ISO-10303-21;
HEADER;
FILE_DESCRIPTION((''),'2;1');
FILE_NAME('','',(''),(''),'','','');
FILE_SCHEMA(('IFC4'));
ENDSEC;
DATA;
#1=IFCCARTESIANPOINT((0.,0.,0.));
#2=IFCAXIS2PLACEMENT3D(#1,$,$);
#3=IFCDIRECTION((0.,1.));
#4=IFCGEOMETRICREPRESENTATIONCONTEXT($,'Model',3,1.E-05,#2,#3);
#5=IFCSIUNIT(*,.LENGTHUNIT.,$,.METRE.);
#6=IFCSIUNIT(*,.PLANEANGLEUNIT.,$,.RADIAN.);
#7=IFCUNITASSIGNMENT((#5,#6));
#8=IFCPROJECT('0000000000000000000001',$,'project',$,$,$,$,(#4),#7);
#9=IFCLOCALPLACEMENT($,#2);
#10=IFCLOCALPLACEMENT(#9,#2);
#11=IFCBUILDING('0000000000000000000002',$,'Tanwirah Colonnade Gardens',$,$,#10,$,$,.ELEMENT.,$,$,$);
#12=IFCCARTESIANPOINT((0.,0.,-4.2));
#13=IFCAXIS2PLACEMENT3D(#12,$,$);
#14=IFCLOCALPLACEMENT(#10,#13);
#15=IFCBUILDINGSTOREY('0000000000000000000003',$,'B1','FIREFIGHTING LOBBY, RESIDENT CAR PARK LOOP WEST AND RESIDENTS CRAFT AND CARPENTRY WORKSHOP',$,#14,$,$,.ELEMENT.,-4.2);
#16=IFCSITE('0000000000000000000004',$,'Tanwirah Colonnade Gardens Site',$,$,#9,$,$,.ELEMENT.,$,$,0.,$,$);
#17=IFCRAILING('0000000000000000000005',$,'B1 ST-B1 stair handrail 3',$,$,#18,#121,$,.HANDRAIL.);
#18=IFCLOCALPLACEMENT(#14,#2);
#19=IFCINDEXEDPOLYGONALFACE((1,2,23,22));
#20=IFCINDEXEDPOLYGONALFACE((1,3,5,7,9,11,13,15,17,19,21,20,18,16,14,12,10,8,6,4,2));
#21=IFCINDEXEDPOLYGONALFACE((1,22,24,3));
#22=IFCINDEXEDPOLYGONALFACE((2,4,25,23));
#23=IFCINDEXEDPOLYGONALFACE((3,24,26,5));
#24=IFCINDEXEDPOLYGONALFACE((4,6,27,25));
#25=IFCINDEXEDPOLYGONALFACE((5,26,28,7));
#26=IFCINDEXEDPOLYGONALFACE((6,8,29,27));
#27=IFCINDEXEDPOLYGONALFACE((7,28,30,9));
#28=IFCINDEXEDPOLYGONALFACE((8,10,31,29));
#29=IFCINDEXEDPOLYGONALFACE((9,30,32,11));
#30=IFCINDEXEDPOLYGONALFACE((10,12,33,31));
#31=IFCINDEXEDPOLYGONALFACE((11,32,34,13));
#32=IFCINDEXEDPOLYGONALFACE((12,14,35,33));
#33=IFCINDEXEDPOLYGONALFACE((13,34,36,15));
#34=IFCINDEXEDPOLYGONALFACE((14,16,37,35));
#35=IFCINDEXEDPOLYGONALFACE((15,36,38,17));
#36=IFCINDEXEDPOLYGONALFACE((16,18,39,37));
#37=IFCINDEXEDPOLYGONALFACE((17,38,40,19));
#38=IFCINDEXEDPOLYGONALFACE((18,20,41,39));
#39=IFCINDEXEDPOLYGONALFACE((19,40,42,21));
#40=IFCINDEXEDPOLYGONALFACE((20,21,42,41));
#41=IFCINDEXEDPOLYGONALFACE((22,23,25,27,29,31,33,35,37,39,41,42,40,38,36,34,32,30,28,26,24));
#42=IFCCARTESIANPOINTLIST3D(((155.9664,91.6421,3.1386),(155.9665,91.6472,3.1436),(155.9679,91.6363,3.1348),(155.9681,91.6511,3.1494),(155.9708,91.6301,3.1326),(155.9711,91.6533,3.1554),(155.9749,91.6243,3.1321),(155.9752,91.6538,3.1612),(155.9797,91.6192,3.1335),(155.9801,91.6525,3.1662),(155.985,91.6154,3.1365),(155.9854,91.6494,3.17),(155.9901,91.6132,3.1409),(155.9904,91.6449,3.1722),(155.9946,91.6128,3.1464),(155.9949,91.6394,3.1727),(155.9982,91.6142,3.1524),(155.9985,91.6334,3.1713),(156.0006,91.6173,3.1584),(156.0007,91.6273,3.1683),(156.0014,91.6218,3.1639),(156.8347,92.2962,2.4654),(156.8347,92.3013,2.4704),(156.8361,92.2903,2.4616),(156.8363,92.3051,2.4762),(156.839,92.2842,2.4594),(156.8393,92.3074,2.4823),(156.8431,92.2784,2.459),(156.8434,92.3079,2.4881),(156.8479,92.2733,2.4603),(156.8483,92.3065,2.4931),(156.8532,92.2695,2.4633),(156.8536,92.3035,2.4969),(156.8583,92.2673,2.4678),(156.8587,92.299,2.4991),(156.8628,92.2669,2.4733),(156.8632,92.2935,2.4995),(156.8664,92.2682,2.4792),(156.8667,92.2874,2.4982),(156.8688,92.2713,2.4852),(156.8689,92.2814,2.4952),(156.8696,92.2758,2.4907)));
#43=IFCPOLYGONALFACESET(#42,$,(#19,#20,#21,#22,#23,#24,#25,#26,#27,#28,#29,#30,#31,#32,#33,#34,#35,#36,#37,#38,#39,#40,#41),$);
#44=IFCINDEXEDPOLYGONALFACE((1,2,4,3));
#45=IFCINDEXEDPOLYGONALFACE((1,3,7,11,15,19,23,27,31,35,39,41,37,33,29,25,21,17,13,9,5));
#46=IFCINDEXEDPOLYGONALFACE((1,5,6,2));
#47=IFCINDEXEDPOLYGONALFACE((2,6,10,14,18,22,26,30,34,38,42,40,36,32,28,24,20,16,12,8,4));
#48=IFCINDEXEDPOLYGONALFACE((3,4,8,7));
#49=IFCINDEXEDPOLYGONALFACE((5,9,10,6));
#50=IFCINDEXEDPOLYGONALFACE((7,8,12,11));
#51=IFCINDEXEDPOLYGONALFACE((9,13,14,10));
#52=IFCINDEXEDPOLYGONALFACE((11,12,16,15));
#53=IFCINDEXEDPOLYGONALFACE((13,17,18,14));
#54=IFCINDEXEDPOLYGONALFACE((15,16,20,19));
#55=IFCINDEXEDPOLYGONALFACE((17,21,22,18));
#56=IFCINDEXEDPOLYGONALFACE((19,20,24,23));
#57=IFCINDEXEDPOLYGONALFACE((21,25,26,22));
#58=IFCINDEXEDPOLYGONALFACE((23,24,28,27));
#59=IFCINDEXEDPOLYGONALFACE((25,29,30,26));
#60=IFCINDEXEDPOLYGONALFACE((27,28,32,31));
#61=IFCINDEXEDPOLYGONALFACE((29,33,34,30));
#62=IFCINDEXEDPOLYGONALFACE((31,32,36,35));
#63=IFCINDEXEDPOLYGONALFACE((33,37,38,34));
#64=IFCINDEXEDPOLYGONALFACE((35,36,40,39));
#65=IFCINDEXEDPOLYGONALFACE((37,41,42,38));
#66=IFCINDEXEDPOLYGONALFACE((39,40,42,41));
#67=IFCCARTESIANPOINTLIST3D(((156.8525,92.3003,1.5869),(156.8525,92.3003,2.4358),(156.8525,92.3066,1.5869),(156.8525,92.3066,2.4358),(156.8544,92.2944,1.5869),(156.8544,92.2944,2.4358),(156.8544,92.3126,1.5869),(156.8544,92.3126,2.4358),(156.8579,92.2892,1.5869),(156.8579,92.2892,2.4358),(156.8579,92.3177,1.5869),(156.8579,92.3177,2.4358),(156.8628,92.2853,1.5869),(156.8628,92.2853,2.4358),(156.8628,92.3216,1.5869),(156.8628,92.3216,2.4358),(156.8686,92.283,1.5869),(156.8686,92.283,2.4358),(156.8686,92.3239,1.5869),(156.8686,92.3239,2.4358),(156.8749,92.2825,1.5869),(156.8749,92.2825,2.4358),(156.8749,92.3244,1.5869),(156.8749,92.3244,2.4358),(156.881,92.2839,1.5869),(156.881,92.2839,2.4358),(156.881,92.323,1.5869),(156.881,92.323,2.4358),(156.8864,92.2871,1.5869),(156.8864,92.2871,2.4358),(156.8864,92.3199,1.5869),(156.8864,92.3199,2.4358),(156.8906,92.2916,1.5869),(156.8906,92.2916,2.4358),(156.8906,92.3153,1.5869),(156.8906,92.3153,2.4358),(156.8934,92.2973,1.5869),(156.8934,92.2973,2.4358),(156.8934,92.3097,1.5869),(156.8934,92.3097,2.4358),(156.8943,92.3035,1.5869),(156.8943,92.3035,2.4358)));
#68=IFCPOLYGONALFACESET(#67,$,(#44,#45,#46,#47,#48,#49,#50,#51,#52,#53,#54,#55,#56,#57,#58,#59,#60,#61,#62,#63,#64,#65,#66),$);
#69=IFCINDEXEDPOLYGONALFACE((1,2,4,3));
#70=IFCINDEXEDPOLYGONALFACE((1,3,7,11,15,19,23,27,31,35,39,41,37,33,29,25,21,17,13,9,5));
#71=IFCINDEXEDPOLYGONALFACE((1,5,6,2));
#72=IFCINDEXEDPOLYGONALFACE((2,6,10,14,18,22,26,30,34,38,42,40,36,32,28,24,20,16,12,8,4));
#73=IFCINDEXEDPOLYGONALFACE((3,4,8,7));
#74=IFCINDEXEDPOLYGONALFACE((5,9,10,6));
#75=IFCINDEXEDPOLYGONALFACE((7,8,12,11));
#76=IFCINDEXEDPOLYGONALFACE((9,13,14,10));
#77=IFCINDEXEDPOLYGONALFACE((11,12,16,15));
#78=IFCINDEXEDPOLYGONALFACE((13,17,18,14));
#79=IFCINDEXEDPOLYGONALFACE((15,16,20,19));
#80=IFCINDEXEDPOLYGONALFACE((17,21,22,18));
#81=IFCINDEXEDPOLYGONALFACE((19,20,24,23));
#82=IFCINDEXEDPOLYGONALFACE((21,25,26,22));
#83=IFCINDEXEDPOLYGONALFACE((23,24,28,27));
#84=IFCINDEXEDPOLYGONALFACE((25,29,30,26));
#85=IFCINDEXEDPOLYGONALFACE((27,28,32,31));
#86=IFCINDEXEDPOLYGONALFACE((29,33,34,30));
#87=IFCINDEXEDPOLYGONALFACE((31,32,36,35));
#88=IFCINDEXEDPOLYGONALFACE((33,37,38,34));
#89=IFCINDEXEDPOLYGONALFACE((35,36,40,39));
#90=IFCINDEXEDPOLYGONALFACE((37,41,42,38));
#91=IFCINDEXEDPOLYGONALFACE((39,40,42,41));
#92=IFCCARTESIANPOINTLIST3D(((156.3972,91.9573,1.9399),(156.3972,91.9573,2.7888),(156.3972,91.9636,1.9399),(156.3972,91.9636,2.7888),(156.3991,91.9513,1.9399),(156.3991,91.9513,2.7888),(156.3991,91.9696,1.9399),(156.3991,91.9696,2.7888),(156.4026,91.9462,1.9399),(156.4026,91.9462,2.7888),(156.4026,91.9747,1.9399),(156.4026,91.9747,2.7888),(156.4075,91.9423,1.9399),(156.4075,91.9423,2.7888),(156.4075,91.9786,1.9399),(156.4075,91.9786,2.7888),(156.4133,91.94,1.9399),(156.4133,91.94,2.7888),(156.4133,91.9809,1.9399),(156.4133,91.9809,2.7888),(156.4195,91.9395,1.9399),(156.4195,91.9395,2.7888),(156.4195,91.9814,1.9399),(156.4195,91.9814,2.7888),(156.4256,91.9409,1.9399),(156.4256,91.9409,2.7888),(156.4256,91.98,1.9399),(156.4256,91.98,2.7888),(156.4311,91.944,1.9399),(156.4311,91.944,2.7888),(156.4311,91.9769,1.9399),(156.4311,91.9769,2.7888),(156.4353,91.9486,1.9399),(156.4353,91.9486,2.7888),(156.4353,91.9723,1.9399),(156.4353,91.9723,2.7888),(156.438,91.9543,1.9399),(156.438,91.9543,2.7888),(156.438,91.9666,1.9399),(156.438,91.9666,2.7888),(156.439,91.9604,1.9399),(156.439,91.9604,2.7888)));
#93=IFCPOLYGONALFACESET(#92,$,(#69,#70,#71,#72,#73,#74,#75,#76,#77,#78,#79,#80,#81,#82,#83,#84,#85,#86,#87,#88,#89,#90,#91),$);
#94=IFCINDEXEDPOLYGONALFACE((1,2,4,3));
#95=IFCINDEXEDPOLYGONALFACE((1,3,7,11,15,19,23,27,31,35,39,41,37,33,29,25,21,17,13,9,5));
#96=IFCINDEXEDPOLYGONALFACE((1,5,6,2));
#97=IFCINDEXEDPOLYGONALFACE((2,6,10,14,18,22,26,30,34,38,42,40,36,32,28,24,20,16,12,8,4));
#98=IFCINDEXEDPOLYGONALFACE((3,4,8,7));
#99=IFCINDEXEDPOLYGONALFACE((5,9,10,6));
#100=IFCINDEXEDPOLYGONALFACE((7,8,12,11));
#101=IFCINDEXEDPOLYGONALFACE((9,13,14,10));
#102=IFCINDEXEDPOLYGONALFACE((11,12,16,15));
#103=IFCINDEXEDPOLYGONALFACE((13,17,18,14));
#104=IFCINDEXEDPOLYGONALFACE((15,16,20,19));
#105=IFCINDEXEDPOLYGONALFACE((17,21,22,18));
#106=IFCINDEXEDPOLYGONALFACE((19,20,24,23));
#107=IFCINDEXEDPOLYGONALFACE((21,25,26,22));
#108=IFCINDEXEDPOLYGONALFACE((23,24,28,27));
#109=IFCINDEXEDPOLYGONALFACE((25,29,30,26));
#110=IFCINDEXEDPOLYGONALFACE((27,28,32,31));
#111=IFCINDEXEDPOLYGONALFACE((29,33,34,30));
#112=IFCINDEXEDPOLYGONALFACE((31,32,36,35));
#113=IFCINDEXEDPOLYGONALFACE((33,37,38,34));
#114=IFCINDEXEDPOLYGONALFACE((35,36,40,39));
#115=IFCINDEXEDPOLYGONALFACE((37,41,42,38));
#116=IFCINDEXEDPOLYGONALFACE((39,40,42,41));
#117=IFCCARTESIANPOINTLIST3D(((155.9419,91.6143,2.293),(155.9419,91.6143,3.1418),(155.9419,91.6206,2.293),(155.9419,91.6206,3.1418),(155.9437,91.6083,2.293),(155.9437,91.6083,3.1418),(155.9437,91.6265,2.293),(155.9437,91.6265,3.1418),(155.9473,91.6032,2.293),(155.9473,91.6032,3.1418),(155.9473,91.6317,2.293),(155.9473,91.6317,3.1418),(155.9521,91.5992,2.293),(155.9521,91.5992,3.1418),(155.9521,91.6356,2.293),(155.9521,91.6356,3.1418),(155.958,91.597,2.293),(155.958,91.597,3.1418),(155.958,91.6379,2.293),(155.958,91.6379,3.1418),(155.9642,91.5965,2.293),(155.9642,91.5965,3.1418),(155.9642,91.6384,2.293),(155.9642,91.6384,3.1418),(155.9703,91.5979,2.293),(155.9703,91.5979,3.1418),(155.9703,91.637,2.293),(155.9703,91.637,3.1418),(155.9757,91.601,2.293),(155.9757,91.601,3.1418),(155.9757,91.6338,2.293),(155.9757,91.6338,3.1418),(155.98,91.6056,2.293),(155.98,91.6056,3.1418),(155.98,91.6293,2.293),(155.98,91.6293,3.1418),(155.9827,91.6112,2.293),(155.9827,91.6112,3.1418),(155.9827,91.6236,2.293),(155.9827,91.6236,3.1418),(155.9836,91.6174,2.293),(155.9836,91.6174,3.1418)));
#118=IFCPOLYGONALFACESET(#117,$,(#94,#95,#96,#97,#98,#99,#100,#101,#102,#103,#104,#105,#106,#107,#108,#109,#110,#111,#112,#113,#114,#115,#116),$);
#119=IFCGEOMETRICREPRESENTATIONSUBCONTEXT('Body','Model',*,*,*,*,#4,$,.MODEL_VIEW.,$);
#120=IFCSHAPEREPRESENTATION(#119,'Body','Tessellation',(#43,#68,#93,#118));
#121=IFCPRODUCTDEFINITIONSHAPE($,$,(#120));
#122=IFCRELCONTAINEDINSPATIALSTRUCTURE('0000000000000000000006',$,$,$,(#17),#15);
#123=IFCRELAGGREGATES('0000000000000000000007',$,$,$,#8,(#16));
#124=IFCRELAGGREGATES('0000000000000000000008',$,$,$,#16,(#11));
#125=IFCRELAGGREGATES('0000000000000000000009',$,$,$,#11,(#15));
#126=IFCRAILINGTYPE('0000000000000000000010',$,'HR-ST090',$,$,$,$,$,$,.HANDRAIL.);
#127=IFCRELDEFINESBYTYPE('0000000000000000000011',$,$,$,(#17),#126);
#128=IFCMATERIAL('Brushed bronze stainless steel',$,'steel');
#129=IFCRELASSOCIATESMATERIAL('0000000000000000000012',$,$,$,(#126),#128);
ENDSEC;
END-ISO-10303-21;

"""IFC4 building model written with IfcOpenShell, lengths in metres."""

from ifc_helpers import new_model, si_unit, direction, frame, origin, origin_2d, place, context, subcontext, project, spatial, circle, extrude, material, type_object, element, save


model = new_model("IFC4")

# Units and contexts
model_context = context("Model", 3, precision=1e-05, world=origin(), true_north=direction((0.0, 1.0)))
body_context = subcontext(model_context, "Body", "Model", "MODEL_VIEW")
ifc_project = project(units=[si_unit("LENGTHUNIT", "METRE"), si_unit("PLANEANGLEUNIT", "RADIAN")], contexts=[model_context])

# Site, building, storey
site_placement = place(None, origin())
site = spatial("IfcSite", under=ifc_project, at=site_placement, Name="Tanwirah Colonnade Gardens Site", CompositionType="ELEMENT", RefElevation=0.0)
building_placement = place(site_placement, origin())
building = spatial("IfcBuilding", under=site, at=building_placement, Name="Tanwirah Colonnade Gardens", CompositionType="ELEMENT")
storey_placement = place(building_placement, frame((0.0, 0.0, -4.2)))
storey = spatial("IfcBuildingStorey", under=building, at=storey_placement, Name="B1", Description="FIREFIGHTING LOBBY, RESIDENT CAR PARK LOOP WEST AND RESIDENTS CRAFT AND CARPENTRY WORKSHOP", CompositionType="ELEMENT", Elevation=-4.2)

# Railing
ifc_material_1 = material(Name="Brushed bronze stainless steel", Category="steel")
railing_type_1 = type_object("IfcRailingType", Name="HR-ST090", PredefinedType="HANDRAIL", material=ifc_material_1)
railing_1_placement = place(storey_placement, frame((156.8733, 92.3035, 1.5869)))
element("IfcRailing", 1, at=railing_1_placement, inside=storey, type_object=railing_type_1, Name="B1 ST-B1 stair handrail 3", PredefinedType="HANDRAIL", context=body_context, shape_type="SweptSolid", body=[
    extrude(circle(Radius=0.0239, at=origin_2d()), frame((-0.0212, -0.0161, 0.8923), z_axis=(-0.67905, -0.511563, 0.526492), x_axis=(0.601712, -0.798713, 0.0)), (0.0, 0.0, 1.0), 1.2786),
    extrude(circle(Radius=0.021, at=origin_2d()), origin(), (0.0, 0.0, 1.0), 0.8489),
    extrude(circle(Radius=0.021, at=origin_2d()), frame((-0.4553, -0.343, 0.353)), (0.0, 0.0, 1.0), 0.8489),
    extrude(circle(Radius=0.021, at=origin_2d()), frame((-0.9106, -0.686, 0.7061)), (0.0, 0.0, 1.0), 0.8489),
])

save(model, "model.ifc")
